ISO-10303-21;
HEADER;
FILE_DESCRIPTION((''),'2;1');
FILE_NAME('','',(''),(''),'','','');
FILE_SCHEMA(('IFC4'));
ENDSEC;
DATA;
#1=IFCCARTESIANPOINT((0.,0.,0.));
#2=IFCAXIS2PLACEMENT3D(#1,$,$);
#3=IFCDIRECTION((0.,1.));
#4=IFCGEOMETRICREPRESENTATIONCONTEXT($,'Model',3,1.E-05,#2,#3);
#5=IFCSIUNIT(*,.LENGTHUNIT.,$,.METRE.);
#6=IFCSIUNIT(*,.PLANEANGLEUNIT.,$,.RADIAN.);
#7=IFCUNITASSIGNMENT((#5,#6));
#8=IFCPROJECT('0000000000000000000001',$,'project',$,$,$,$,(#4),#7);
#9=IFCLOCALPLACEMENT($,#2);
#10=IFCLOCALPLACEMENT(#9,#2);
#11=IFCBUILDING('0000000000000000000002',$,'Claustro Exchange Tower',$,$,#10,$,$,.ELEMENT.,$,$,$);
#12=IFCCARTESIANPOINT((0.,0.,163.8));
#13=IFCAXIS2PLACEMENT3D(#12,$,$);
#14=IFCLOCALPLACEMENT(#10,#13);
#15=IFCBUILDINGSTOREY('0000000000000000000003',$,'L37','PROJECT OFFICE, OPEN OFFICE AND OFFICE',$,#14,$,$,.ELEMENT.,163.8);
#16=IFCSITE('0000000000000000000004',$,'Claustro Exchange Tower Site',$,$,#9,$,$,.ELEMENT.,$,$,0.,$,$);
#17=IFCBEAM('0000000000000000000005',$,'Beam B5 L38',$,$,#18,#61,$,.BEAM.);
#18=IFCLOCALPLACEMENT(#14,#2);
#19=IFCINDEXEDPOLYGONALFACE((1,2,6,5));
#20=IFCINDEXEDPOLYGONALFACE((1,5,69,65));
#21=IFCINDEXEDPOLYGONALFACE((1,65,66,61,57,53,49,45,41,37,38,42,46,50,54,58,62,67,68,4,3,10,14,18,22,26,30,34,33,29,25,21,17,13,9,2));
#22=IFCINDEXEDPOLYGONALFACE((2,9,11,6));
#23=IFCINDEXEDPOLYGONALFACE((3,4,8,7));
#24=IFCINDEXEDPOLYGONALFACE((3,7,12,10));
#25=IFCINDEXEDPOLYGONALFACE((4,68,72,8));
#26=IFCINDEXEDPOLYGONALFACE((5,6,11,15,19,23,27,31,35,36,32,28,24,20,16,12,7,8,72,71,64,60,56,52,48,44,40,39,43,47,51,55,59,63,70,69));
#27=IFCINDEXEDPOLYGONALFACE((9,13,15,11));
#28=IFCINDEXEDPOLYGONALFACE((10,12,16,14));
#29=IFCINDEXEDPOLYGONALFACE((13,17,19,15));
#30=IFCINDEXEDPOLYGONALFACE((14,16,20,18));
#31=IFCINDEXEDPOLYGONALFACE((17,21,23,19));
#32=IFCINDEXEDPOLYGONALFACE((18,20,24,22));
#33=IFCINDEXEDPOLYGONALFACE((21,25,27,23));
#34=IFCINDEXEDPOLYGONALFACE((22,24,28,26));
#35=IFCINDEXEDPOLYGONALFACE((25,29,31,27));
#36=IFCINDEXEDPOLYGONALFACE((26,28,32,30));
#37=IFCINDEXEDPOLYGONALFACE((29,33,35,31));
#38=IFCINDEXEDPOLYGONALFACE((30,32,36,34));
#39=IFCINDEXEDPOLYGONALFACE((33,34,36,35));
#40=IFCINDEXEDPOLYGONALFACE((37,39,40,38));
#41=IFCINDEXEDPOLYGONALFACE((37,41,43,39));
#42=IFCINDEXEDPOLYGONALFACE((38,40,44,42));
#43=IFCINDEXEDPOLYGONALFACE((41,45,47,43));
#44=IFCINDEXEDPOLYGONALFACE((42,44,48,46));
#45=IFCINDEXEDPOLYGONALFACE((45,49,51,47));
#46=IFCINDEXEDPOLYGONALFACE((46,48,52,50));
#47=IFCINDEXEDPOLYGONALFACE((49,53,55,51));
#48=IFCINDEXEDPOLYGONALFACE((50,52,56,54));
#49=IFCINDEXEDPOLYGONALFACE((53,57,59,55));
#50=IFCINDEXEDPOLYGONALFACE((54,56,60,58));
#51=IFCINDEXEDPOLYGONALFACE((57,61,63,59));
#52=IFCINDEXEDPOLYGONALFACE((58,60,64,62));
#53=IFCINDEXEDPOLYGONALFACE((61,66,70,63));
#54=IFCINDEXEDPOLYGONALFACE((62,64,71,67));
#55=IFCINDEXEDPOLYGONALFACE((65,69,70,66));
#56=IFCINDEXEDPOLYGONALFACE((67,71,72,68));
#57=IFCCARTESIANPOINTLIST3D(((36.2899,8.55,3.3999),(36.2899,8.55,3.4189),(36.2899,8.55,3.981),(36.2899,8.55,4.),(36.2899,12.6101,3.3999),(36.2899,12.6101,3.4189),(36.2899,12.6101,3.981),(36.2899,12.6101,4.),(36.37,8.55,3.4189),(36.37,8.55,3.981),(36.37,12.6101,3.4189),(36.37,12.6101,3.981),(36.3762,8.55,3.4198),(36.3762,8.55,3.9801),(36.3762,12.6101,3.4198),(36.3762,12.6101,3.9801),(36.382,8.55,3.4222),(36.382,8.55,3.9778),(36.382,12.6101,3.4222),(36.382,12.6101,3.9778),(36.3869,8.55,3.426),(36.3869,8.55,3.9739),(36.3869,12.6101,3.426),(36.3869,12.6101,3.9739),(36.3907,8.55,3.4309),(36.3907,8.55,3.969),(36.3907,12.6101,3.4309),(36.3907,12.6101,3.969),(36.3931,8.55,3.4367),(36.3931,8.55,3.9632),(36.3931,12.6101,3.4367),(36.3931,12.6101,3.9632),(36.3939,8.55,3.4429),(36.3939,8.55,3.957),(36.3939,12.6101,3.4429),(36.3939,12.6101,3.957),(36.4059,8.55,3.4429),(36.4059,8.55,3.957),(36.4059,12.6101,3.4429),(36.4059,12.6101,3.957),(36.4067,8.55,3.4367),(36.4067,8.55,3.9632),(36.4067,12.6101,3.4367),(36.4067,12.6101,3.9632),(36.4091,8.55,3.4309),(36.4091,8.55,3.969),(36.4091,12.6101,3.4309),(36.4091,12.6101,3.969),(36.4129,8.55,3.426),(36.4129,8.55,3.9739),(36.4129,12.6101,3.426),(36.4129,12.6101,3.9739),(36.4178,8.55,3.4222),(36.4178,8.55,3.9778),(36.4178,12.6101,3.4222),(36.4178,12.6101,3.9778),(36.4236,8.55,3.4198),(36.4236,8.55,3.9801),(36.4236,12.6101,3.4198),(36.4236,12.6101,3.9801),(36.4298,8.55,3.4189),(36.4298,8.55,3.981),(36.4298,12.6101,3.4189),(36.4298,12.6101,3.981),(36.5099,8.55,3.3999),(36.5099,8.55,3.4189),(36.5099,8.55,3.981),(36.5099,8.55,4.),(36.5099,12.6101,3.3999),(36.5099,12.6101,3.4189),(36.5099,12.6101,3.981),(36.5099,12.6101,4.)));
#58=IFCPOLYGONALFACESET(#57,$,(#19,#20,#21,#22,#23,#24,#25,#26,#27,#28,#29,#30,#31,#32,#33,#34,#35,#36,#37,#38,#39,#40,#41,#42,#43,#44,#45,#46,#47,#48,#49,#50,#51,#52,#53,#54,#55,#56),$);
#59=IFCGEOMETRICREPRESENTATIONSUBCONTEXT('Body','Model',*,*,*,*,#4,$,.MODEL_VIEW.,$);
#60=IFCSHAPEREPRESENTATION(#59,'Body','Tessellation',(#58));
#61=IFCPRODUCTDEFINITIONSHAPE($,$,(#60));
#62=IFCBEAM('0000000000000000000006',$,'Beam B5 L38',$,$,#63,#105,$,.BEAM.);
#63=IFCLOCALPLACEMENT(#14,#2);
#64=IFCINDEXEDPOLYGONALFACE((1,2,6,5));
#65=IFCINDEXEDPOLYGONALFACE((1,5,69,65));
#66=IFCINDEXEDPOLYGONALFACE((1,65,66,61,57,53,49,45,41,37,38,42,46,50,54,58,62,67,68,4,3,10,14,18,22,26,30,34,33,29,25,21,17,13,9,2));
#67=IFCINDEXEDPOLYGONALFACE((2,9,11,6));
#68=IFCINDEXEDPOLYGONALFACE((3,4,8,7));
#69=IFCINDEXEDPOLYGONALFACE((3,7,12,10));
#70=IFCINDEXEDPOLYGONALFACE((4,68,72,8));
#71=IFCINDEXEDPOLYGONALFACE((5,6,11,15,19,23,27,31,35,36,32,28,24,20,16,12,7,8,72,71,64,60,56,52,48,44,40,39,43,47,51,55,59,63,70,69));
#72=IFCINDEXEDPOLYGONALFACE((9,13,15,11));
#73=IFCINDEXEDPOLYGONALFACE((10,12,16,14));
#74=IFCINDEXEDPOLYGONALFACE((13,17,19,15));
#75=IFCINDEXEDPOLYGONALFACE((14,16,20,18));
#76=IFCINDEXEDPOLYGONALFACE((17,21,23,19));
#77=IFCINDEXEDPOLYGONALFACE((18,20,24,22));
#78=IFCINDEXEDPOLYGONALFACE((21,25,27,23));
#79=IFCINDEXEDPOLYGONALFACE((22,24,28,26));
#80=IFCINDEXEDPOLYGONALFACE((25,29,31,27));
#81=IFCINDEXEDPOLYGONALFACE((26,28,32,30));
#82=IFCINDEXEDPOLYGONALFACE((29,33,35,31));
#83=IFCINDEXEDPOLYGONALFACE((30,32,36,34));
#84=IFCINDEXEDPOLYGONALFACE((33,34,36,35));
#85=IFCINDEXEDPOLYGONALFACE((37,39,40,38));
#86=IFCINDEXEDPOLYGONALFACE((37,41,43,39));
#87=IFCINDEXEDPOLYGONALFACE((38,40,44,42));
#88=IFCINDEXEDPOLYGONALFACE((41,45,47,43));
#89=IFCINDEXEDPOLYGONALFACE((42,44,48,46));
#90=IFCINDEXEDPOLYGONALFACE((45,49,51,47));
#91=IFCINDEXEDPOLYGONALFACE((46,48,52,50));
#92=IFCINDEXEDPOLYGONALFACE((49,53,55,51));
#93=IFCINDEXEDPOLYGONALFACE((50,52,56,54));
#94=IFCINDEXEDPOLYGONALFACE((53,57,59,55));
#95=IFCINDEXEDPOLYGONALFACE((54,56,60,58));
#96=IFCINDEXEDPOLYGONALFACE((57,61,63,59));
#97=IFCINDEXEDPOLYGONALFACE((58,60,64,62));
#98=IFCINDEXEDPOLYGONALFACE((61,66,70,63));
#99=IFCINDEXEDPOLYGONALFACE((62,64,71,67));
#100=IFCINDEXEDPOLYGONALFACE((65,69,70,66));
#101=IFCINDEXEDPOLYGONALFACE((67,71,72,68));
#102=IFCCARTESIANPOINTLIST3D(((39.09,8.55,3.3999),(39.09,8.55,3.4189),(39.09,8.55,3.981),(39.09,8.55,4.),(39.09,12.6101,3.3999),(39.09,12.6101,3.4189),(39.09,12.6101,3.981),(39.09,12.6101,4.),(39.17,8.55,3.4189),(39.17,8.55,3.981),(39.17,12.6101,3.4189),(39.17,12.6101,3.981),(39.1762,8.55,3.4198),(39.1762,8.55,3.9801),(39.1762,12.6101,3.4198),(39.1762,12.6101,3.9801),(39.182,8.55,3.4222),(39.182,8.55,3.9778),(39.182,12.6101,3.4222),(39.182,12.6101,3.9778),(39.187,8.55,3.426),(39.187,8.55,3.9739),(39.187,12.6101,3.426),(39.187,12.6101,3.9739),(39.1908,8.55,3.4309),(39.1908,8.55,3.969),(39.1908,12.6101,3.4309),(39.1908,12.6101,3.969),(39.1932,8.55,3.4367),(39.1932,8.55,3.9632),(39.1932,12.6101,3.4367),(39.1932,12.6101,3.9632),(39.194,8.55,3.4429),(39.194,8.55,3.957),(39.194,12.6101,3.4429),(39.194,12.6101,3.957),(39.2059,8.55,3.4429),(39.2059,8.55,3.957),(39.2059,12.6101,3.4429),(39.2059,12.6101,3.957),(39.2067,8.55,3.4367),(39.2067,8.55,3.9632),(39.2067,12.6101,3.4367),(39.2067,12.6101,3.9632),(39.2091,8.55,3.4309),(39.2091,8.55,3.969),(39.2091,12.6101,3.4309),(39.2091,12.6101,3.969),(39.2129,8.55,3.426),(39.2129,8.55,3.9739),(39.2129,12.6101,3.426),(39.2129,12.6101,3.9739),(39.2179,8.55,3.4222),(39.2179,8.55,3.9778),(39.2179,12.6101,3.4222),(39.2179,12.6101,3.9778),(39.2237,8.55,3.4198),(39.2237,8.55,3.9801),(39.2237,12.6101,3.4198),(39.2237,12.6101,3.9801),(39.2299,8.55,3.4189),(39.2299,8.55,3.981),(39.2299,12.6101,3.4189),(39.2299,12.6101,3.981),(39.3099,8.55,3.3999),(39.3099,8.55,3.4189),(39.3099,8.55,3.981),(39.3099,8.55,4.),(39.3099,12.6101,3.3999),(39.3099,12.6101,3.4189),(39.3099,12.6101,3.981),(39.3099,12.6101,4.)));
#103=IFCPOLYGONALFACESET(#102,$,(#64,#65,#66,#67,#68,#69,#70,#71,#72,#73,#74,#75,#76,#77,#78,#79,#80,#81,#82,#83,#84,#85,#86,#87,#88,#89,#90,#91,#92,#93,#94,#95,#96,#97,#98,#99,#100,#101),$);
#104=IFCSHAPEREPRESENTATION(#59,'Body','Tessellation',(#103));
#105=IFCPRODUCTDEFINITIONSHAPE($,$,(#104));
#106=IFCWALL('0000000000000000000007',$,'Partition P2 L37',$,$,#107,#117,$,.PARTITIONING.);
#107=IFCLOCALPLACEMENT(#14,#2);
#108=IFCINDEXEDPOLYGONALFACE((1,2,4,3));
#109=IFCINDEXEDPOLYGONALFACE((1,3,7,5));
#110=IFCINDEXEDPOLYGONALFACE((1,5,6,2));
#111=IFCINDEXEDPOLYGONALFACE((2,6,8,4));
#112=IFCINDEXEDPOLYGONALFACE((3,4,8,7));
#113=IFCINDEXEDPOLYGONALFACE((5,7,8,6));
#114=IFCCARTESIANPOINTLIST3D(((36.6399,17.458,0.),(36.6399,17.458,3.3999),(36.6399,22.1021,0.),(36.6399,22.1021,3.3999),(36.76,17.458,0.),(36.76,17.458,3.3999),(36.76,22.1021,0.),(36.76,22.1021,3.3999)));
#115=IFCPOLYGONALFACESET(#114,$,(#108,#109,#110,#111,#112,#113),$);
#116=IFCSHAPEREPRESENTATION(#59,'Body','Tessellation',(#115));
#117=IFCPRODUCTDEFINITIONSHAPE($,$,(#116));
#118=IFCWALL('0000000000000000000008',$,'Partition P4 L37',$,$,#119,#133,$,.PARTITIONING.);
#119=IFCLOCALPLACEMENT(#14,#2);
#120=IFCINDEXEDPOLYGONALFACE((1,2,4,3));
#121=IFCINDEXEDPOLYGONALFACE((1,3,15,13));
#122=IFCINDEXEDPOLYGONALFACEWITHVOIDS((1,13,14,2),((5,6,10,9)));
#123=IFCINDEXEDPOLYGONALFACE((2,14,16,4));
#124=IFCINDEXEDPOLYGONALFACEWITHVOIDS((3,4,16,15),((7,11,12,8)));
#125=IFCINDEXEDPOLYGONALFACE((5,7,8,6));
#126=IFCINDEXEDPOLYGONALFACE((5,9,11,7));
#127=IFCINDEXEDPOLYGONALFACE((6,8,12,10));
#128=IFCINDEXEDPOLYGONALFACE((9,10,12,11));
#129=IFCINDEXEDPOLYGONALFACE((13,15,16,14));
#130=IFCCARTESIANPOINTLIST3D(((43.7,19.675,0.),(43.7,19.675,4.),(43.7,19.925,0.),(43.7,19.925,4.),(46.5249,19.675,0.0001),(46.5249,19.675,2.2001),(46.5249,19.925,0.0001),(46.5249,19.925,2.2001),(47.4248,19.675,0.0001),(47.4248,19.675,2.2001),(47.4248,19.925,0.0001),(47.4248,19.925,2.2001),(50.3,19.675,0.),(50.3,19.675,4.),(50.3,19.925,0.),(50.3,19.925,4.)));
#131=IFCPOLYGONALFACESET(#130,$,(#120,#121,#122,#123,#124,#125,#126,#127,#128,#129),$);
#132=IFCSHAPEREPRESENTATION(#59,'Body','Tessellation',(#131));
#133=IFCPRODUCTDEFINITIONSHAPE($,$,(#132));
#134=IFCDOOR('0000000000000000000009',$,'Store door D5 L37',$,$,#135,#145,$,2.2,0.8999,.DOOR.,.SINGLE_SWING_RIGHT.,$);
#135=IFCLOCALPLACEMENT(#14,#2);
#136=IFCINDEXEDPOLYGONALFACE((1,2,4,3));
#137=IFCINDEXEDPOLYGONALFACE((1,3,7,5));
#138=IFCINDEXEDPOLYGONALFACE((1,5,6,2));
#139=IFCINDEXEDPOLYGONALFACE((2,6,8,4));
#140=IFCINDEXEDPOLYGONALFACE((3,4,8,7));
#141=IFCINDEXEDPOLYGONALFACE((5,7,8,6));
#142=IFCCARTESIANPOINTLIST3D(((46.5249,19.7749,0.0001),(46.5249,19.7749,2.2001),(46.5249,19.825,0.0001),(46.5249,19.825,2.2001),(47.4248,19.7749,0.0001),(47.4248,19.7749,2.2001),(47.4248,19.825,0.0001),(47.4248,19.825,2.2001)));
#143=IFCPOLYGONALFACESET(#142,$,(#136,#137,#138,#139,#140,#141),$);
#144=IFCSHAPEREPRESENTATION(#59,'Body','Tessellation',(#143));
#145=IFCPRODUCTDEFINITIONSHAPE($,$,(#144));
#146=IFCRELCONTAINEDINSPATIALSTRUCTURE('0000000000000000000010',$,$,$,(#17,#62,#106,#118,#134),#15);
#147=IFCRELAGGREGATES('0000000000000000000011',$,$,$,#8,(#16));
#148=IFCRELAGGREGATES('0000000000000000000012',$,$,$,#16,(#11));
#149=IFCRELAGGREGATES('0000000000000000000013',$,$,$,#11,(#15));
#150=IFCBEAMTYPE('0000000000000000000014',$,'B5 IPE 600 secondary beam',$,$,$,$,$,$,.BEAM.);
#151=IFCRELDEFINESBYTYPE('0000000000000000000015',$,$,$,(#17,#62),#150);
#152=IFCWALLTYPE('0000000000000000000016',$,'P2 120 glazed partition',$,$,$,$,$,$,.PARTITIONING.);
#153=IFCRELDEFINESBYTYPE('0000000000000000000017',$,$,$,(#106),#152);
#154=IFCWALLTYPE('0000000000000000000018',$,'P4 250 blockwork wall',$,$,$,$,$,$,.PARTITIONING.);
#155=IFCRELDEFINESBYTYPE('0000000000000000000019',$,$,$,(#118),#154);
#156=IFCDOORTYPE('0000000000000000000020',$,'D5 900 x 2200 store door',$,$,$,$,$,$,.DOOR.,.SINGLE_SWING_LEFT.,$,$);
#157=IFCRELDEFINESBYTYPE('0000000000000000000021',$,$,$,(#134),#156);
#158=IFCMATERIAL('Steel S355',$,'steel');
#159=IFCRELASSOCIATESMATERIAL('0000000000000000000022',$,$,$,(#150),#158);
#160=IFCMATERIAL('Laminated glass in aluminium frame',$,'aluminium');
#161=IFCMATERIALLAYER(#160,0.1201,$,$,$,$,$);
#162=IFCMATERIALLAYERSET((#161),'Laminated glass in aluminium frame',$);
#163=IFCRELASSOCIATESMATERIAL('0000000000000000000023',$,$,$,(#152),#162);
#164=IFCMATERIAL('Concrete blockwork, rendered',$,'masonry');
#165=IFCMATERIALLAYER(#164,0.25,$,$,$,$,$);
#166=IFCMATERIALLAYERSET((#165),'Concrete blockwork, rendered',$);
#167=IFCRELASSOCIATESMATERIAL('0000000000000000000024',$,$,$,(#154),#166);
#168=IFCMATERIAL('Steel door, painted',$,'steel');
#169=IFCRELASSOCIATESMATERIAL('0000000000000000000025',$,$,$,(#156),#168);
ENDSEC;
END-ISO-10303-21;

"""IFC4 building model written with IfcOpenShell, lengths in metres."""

from ifc_helpers import new_model, si_unit, direction, frame, frame_2d, origin, origin_2d, place, context, subcontext, project, spatial, rectangle, i_section, extrude, material, layer, layer_set, material_profile, profile_set, type_object, element, fill, save


model = new_model("IFC4")

# Units and contexts
model_context = context("Model", 3, precision=1e-05, world=origin(), true_north=direction((0.0, 1.0)))
body_context = subcontext(model_context, "Body", "Model", "MODEL_VIEW")
ifc_project = project(units=[si_unit("LENGTHUNIT", "METRE"), si_unit("PLANEANGLEUNIT", "RADIAN")], contexts=[model_context])

# Site, building, storey
site_placement = place(None, origin())
site = spatial("IfcSite", under=ifc_project, at=site_placement, Name="Claustro Exchange Tower Site", CompositionType="ELEMENT", RefElevation=0.0)
building_placement = place(site_placement, origin())
building = spatial("IfcBuilding", under=site, at=building_placement, Name="Claustro Exchange Tower", CompositionType="ELEMENT")
storey_placement = place(building_placement, frame((0.0, 0.0, 163.8)))
storey = spatial("IfcBuildingStorey", under=building, at=storey_placement, Name="L37", Description="PROJECT OFFICE, OPEN OFFICE AND OFFICE", CompositionType="ELEMENT", Elevation=163.8)

# Beams
ifc_material_1 = material(Name="Steel S355", Category="steel")
ifc_material_profile = material_profile(ifc_material_1, i_section(OverallWidth=0.22, OverallDepth=0.6001, WebThickness=0.012, FlangeThickness=0.019, FilletRadius=0.0239, at=origin_2d()), Name="IPE 600")
ifc_profile_set = profile_set([ifc_material_profile], Name="Steel S355")
beam_type = type_object("IfcBeamType", Name="B5 IPE 600 secondary beam", PredefinedType="BEAM", material=ifc_profile_set)
for number, where, z_axis, x_axis, name in (
    (1, (36.3999, 8.55, 3.7), (0.0, 1.0, 0.0), (-1.0, 0.0, 0.0), "Beam B5 L38"),
    (2, (39.2, 8.55, 3.7), (0.0, 1.0, 0.0), (-1.0, 0.0, 0.0), "Beam B5 L38"),
):
    element("IfcBeam", number, at=place(storey_placement, frame(where, z_axis=z_axis, x_axis=x_axis)), inside=storey, type_object=beam_type, Name=name, PredefinedType="BEAM", context=body_context, shape_type="SweptSolid", body=[
        extrude(i_section(OverallWidth=0.22, OverallDepth=0.6001, WebThickness=0.012, FlangeThickness=0.019, FilletRadius=0.0239, at=origin_2d()), origin(), (0.0, 0.0, 1.0), 4.0601),
    ])

# Wall
ifc_material_2 = material(Name="Laminated glass in aluminium frame", Category="aluminium")
ifc_layer_1 = layer(ifc_material_2, 0.1201)
ifc_layer_set_1 = layer_set([ifc_layer_1], Name="Laminated glass in aluminium frame")
wall_type_1 = type_object("IfcWallType", Name="P2 120 glazed partition", PredefinedType="PARTITIONING", material=ifc_layer_set_1)
wall_1_placement = place(storey_placement, frame((36.7, 17.458, 0.0), z_axis=(0.0, 0.0, 1.0), x_axis=(0.0, 1.0, 0.0)))
element("IfcWall", 3, at=wall_1_placement, inside=storey, type_object=wall_type_1, Name="Partition P2 L37", PredefinedType="PARTITIONING", context=body_context, shape_type="SweptSolid", body=[
    extrude(rectangle(XDim=4.644, YDim=0.1201, at=frame_2d((2.322, 0.0))), origin(), (0.0, 0.0, 1.0), 3.3999),
])

# Wall, opening, door
ifc_material_3 = material(Name="Concrete blockwork, rendered", Category="masonry")
ifc_layer_2 = layer(ifc_material_3, 0.25)
ifc_layer_set_2 = layer_set([ifc_layer_2], Name="Concrete blockwork, rendered")
wall_type_2 = type_object("IfcWallType", Name="P4 250 blockwork wall", PredefinedType="PARTITIONING", material=ifc_layer_set_2)
wall_2_placement = place(storey_placement, frame((43.7, 19.8, 0.0), z_axis=(0.0, 0.0, 1.0), x_axis=(1.0, 0.0, 0.0)))
wall_2 = element("IfcWall", 4, at=wall_2_placement, inside=storey, type_object=wall_type_2, Name="Partition P4 L37", PredefinedType="PARTITIONING", context=body_context, shape_type="SweptSolid", body=[
    extrude(rectangle(XDim=6.6001, YDim=0.25, at=frame_2d((3.3, 0.0))), origin(), (0.0, 0.0, 1.0), 4.0),
])
opening_1_placement = place(wall_2_placement, frame((2.825, 0.0, 0.0)))
opening_1 = element("IfcOpeningElement", 5, at=opening_1_placement, cuts=wall_2, PredefinedType="OPENING", context=body_context, shape_type="SweptSolid", body=[
    extrude(rectangle(XDim=0.8999, YDim=2.2, at=frame_2d((0.45, 1.1001))), frame((0.0, 0.135, 0.0), z_axis=(0.0, -1.0, 0.0), x_axis=(1.0, 0.0, 0.0)), (0.0, 0.0, 1.0), 0.27),
])
ifc_material_4 = material(Name="Steel door, painted", Category="steel")
door_type_1 = type_object("IfcDoorType", Name="D5 900 x 2200 store door", OperationType="SINGLE_SWING_LEFT", PredefinedType="DOOR", material=ifc_material_4)
door_1_placement = place(opening_1_placement, origin())
door_1 = element("IfcDoor", 6, at=door_1_placement, inside=storey, type_object=door_type_1, Name="Store door D5 L37", OperationType="SINGLE_SWING_RIGHT", OverallHeight=2.2, OverallWidth=0.8999, PredefinedType="DOOR", context=body_context, shape_type="SweptSolid", body=[
    extrude(rectangle(XDim=0.8999, YDim=2.2, at=frame_2d((0.45, 1.1001))), frame((0.0, 0.0249, 0.0), z_axis=(0.0, -1.0, 0.0), x_axis=(1.0, 0.0, 0.0)), (0.0, 0.0, 1.0), 0.05),
])
fill(opening_1, door_1)

save(model, "model.ifc")
